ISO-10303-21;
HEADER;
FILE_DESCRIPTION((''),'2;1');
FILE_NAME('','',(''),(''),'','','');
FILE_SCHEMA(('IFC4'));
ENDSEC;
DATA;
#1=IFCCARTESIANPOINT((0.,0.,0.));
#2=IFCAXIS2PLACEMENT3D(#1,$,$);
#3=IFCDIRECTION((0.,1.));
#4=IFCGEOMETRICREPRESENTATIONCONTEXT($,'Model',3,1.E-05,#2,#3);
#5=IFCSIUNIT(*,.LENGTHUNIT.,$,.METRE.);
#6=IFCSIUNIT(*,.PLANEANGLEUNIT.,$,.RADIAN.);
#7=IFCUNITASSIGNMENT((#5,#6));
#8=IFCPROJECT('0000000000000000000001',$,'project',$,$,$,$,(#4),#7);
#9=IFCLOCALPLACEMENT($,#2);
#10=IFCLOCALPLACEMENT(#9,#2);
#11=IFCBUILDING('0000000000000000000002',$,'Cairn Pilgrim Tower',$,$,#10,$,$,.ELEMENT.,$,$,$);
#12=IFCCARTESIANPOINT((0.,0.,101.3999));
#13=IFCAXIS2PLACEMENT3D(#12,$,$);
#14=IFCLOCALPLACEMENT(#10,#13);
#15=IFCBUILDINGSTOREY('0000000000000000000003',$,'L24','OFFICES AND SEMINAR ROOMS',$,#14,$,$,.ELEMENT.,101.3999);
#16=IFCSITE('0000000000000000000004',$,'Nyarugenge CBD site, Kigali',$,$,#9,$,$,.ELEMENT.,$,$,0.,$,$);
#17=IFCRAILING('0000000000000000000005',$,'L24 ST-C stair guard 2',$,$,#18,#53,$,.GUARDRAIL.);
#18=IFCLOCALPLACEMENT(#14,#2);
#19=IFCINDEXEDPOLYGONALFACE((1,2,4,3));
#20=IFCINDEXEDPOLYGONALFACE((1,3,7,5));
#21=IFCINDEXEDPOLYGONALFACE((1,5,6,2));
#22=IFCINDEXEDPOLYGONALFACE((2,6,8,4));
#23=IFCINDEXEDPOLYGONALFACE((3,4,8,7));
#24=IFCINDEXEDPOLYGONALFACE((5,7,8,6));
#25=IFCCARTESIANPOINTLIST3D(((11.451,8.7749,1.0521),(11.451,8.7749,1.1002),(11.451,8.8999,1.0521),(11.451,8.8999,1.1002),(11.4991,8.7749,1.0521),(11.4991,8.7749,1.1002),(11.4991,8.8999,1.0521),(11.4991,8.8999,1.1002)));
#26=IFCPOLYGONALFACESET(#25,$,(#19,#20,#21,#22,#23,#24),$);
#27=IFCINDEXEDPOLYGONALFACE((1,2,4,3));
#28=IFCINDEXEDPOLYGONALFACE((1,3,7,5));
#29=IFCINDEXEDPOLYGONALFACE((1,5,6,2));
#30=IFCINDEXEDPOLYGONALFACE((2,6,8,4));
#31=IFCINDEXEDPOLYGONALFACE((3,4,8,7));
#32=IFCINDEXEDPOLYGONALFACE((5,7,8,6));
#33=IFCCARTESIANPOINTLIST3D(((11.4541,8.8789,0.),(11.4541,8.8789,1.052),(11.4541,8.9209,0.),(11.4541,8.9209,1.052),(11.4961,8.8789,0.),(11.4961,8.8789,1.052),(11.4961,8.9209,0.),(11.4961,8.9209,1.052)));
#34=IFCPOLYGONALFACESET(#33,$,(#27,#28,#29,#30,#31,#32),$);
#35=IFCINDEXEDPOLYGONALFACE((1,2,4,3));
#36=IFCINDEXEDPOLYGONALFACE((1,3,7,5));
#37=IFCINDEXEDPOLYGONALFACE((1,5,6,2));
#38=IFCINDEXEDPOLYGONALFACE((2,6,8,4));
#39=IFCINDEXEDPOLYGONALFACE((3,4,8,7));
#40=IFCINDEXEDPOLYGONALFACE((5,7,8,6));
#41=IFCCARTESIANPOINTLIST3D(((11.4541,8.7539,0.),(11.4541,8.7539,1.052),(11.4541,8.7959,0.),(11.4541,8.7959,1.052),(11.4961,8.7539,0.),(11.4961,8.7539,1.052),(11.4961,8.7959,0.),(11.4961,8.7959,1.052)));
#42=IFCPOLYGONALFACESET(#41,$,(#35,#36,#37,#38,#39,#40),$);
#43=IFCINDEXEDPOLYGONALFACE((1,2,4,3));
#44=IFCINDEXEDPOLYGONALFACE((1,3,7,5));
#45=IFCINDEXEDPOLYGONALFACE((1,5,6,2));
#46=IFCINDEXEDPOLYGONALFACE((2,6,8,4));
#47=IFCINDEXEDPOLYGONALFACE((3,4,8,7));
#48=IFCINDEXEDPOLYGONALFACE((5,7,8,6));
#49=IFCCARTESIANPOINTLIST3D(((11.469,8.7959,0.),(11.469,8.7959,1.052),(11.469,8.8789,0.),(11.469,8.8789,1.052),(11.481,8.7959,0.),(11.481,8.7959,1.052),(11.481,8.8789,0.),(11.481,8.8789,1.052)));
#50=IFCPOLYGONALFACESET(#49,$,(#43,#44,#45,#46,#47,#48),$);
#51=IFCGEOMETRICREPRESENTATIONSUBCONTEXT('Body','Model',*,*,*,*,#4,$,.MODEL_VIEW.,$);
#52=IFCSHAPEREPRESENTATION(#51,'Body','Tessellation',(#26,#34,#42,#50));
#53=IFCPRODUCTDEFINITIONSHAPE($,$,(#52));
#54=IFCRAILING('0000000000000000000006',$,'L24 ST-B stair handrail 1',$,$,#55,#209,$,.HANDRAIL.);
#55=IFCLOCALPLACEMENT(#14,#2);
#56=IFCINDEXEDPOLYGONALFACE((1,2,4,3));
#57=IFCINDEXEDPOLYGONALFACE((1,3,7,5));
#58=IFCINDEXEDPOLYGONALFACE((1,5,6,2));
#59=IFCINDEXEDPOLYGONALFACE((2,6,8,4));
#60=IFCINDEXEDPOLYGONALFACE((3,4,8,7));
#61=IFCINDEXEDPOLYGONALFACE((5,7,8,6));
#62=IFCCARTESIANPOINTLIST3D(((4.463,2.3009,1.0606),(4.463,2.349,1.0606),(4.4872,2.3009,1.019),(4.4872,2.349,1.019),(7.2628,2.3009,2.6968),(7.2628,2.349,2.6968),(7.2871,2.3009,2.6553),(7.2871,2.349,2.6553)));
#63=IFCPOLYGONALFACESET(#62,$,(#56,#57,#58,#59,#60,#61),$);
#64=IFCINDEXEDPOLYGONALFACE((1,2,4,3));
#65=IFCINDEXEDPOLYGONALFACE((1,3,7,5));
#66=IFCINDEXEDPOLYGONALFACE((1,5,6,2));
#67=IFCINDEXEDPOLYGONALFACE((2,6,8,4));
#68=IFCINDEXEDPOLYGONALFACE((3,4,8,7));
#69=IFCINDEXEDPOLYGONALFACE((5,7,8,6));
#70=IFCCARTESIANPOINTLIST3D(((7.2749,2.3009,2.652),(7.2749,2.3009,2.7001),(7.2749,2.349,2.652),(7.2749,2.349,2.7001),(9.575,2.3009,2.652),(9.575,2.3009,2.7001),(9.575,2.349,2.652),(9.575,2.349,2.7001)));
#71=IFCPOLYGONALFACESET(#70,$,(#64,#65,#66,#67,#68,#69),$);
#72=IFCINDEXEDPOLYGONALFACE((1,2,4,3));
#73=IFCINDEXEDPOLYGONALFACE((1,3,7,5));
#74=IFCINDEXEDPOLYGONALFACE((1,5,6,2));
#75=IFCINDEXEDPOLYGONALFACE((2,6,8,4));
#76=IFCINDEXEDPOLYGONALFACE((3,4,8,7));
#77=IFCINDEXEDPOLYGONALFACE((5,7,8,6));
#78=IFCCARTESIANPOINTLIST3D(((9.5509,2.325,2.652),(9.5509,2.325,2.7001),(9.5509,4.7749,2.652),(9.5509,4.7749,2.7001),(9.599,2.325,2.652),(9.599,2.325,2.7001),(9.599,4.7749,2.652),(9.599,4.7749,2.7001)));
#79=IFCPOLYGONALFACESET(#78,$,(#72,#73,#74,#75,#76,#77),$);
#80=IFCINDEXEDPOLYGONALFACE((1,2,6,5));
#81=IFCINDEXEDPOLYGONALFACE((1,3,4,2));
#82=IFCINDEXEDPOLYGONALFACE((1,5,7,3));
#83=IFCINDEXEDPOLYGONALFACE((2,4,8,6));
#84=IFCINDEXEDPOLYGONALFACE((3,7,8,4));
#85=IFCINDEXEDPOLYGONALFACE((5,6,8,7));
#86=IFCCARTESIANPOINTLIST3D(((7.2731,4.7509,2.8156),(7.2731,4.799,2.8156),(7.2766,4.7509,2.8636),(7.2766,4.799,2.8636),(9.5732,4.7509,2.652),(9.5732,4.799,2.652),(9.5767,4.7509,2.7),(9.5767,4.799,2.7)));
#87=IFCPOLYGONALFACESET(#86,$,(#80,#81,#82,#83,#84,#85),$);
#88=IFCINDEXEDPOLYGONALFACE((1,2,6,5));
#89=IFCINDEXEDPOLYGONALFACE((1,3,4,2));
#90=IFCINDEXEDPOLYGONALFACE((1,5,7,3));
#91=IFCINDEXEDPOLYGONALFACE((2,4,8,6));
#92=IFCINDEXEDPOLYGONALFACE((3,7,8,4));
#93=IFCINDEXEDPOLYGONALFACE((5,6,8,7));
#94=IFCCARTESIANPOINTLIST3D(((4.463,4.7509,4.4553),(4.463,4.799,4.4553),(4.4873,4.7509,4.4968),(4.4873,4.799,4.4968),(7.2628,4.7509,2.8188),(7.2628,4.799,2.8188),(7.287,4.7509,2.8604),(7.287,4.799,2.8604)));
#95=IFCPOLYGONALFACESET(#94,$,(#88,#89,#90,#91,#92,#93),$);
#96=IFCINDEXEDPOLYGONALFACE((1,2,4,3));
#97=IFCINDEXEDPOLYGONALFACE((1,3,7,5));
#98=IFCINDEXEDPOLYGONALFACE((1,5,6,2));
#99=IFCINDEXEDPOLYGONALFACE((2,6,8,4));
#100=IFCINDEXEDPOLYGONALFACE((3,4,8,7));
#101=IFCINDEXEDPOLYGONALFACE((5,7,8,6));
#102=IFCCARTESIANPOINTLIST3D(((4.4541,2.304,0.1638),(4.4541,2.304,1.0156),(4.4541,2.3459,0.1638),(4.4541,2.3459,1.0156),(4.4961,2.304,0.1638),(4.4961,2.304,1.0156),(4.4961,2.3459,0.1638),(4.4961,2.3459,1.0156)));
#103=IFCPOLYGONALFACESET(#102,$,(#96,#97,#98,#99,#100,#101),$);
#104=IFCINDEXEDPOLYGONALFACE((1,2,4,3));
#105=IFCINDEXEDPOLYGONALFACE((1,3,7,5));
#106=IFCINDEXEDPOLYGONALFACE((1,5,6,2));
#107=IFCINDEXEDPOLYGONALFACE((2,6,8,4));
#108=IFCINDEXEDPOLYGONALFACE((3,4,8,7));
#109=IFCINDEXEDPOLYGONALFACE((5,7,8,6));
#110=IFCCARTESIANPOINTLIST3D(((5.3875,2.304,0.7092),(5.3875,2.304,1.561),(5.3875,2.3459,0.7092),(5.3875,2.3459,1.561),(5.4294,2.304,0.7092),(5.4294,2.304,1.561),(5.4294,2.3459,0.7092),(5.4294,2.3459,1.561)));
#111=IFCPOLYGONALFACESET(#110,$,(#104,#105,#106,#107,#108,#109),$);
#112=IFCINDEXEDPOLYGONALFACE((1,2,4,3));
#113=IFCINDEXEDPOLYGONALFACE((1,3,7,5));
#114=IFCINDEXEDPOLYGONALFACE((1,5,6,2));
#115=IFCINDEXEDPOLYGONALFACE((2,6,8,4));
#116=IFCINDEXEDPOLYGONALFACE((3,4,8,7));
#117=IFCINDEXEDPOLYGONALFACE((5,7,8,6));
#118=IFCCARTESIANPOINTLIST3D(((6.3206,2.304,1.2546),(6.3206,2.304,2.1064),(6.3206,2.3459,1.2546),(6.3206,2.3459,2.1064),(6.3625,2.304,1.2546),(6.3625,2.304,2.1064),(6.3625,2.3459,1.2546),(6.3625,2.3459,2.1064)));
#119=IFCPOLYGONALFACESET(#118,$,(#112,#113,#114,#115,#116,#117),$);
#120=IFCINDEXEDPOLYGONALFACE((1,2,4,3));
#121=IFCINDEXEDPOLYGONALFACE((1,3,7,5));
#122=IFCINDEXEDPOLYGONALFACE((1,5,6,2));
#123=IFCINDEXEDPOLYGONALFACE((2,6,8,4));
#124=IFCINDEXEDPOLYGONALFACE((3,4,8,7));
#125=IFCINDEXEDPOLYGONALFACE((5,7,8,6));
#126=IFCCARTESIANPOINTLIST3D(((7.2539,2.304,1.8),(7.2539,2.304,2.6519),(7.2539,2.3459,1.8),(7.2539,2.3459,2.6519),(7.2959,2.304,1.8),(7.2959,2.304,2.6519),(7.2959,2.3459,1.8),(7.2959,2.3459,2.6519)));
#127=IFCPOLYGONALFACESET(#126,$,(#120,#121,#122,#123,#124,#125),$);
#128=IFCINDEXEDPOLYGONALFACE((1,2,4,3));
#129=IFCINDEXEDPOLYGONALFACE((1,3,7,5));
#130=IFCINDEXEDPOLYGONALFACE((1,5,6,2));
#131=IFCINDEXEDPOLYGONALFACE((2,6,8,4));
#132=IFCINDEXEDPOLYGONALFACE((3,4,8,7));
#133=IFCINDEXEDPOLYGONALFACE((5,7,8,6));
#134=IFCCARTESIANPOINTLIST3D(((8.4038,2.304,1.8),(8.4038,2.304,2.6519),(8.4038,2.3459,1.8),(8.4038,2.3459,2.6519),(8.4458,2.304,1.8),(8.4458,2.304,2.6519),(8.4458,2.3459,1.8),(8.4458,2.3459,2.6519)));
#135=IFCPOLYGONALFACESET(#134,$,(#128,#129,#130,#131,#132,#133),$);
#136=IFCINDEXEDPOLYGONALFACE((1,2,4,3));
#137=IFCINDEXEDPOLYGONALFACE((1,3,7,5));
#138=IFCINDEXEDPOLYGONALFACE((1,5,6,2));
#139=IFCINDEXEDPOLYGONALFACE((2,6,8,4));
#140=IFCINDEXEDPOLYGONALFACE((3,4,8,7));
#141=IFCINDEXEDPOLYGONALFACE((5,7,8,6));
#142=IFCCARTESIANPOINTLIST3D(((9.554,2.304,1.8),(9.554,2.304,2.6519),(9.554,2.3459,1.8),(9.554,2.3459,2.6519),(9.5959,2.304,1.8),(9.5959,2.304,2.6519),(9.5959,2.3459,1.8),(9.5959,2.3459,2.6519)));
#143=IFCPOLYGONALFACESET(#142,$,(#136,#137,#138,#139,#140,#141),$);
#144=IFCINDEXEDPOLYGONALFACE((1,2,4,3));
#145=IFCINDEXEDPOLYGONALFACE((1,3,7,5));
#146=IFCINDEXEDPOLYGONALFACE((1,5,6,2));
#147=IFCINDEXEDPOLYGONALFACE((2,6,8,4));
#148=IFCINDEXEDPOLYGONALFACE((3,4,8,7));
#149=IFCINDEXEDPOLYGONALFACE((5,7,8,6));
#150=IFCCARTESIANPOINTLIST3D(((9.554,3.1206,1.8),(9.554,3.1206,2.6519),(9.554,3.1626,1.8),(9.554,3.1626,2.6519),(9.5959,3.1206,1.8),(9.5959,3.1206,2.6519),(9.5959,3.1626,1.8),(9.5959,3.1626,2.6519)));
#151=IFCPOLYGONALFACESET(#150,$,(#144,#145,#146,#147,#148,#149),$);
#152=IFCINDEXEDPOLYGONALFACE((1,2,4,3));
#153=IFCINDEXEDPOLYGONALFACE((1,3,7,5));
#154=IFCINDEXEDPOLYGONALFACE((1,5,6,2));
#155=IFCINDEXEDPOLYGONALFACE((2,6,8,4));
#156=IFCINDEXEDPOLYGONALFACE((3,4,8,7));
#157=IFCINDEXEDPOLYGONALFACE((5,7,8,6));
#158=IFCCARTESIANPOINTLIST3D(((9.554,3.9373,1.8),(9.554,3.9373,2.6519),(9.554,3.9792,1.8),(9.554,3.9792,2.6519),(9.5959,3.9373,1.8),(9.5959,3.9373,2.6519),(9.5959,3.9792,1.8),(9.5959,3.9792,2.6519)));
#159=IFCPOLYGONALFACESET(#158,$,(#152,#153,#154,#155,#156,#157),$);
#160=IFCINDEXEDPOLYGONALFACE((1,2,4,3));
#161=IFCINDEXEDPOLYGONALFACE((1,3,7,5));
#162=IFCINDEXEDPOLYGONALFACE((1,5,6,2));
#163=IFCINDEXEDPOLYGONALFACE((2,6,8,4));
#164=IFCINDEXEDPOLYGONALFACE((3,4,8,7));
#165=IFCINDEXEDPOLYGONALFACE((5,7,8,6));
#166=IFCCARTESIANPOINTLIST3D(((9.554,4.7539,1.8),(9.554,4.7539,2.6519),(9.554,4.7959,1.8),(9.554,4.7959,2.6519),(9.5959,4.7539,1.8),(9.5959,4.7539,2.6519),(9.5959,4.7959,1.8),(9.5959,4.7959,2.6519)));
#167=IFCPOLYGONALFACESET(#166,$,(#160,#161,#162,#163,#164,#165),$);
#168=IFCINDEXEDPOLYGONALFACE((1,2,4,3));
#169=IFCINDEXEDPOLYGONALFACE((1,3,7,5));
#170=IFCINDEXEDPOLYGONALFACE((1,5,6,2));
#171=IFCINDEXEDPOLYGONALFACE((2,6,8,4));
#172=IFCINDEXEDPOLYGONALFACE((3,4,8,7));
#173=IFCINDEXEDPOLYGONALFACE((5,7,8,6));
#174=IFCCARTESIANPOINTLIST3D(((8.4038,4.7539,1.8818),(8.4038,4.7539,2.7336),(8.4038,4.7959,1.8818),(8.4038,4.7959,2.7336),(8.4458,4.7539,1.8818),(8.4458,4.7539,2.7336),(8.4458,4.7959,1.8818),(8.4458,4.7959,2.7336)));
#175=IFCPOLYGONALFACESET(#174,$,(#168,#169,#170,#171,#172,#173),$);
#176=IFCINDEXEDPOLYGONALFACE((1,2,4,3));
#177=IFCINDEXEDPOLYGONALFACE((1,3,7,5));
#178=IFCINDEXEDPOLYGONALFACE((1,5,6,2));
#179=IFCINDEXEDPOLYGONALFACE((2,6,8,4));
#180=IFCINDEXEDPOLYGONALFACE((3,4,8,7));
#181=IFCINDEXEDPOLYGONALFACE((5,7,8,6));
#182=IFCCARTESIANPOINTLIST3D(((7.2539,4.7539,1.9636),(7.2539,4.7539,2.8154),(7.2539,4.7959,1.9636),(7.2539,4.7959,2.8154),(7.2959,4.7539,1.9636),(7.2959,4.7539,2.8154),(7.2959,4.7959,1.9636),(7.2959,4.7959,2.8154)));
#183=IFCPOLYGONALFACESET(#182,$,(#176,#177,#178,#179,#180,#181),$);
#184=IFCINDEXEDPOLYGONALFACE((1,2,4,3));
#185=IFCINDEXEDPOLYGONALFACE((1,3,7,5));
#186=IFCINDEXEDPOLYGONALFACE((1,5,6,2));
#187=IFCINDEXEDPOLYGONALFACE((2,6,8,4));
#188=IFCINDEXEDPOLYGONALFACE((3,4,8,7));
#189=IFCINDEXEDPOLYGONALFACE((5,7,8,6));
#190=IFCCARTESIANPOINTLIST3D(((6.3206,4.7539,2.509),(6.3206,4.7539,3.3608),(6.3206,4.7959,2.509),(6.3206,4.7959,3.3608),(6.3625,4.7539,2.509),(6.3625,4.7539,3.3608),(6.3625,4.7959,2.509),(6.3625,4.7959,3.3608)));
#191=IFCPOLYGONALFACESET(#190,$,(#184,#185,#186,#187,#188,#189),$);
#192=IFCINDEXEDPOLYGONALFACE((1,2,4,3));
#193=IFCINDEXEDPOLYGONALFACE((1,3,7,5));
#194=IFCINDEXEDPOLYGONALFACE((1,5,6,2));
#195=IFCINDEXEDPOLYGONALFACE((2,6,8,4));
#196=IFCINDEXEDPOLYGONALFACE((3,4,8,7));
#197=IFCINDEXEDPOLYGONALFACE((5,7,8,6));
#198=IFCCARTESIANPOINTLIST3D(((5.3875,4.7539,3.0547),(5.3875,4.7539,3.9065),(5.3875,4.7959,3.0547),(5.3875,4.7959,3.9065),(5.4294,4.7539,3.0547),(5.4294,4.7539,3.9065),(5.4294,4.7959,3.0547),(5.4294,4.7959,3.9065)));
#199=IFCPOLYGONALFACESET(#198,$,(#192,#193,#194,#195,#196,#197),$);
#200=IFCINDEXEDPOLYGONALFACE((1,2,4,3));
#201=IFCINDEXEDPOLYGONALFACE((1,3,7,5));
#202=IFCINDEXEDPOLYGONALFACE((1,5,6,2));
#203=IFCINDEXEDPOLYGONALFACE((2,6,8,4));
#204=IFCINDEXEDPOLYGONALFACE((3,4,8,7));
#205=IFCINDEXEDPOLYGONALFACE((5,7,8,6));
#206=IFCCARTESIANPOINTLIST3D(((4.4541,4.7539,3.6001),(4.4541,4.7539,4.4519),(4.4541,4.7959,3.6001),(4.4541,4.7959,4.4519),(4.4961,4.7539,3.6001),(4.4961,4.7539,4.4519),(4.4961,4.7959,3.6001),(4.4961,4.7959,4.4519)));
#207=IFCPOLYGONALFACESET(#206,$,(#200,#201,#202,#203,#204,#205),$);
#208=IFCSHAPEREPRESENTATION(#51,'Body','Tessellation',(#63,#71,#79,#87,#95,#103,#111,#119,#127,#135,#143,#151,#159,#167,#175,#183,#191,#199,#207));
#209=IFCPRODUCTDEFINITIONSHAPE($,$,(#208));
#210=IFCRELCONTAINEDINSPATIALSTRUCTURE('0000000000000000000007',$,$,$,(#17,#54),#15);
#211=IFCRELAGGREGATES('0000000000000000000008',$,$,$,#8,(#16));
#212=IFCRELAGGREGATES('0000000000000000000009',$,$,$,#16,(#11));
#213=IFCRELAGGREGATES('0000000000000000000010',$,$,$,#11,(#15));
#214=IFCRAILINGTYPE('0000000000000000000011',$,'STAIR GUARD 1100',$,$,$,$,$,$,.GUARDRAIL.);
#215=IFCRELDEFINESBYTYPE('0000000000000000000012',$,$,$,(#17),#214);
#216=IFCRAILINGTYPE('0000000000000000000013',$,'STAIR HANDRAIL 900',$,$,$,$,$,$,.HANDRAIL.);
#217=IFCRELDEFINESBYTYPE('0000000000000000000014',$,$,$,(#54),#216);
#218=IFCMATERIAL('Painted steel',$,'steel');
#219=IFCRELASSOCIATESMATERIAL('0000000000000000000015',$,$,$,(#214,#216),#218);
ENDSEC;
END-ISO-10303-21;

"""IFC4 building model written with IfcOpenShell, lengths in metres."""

from ifc_helpers import new_model, si_unit, direction, frame, origin, origin_2d, place, context, subcontext, project, spatial, polyline, rectangle, outline, extrude, material, type_object, element, save


model = new_model("IFC4")

# Units and contexts
model_context = context("Model", 3, precision=1e-05, world=origin(), true_north=direction((0.0, 1.0)))
body_context = subcontext(model_context, "Body", "Model", "MODEL_VIEW")
ifc_project = project(units=[si_unit("LENGTHUNIT", "METRE"), si_unit("PLANEANGLEUNIT", "RADIAN")], contexts=[model_context])

# Site, building, storey
site_placement = place(None, origin())
site = spatial("IfcSite", under=ifc_project, at=site_placement, Name="Nyarugenge CBD site, Kigali", CompositionType="ELEMENT", RefElevation=0.0)
building_placement = place(site_placement, origin())
building = spatial("IfcBuilding", under=site, at=building_placement, Name="Cairn Pilgrim Tower", CompositionType="ELEMENT")
storey_placement = place(building_placement, frame((0.0, 0.0, 101.3999)))
storey = spatial("IfcBuildingStorey", under=building, at=storey_placement, Name="L24", Description="OFFICES AND SEMINAR ROOMS", CompositionType="ELEMENT", Elevation=101.3999)

# Shared definitions
ifc_material_1 = material(Name="Painted steel", Category="steel")

# Railings
railing_type_1 = type_object("IfcRailingType", Name="STAIR GUARD 1100", PredefinedType="GUARDRAIL", material=ifc_material_1)
railing_1_placement = place(storey_placement, frame((11.4751, 8.8999, 0.0)))
element("IfcRailing", 1, at=railing_1_placement, inside=storey, type_object=railing_type_1, Name="L24 ST-C stair guard 2", PredefinedType="GUARDRAIL", context=body_context, shape_type="SweptSolid", body=[
    extrude(rectangle(XDim=0.0481, YDim=0.0481, at=origin_2d()), frame((0.0, 0.0, 1.0762), z_axis=(0.0, -1.0, 0.0), x_axis=(1.0, 0.0, 0.0)), (0.0, 0.0, 1.0), 0.125),
    extrude(rectangle(XDim=0.042, YDim=0.042, at=origin_2d()), origin(), (0.0, 0.0, 1.0), 1.052),
    extrude(rectangle(XDim=0.042, YDim=0.042, at=origin_2d()), frame((0.0, -0.125, 0.0)), (0.0, 0.0, 1.0), 1.052),
    extrude(outline(polyline([(0.021, 0.0), (0.104, 0.0), (0.104, 1.052), (0.021, 1.052), (0.021, 0.0)])), frame((0.0059, 0.0, 0.0), z_axis=(-1.0, 0.0, 0.0), x_axis=(0.0, -1.0, 0.0)), (0.0, 0.0, 1.0), 0.012),
])
railing_type_2 = type_object("IfcRailingType", Name="STAIR HANDRAIL 900", PredefinedType="HANDRAIL", material=ifc_material_1)
railing_2_placement = place(storey_placement, frame((4.4751, 2.325, 0.1638)))
element("IfcRailing", 2, at=railing_2_placement, inside=storey, type_object=railing_type_2, Name="L24 ST-B stair handrail 1", PredefinedType="HANDRAIL", context=body_context, shape_type="SweptSolid", body=[
    extrude(rectangle(XDim=0.0481, YDim=0.0481, at=origin_2d()), frame((0.0, 0.0, 0.876), z_axis=(0.863374, 0.0, 0.504564), x_axis=(0.0, 1.0, 0.0)), (0.0, 0.0, 1.0), 3.2429),
    extrude(rectangle(XDim=0.0481, YDim=0.0481, at=origin_2d()), frame((2.7998, 0.0, 2.5122), z_axis=(1.0, 0.0, 0.0), x_axis=(0.0, 1.0, 0.0)), (0.0, 0.0, 1.0), 2.3),
    extrude(rectangle(XDim=0.0481, YDim=0.0481, at=origin_2d()), frame((5.0999, 0.0, 2.5122), z_axis=(0.0, 1.0, 0.0), x_axis=(-1.0, 0.0, 0.0)), (0.0, 0.0, 1.0), 2.45),
    extrude(rectangle(XDim=0.0481, YDim=0.0481, at=origin_2d()), frame((5.0999, 2.45, 2.5122), z_axis=(-0.997481, 0.0, 0.070939), x_axis=(0.0, -1.0, 0.0)), (0.0, 0.0, 1.0), 2.3059),
    extrude(rectangle(XDim=0.0481, YDim=0.0481, at=origin_2d()), frame((2.7998, 2.45, 2.6758), z_axis=(-0.863342, 0.0, 0.50462), x_axis=(0.0, -1.0, 0.0)), (0.0, 0.0, 1.0), 3.2429),
    extrude(rectangle(XDim=0.042, YDim=0.042, at=origin_2d()), origin(), (0.0, 0.0, 1.0), 0.8518),
    extrude(rectangle(XDim=0.042, YDim=0.042, at=origin_2d()), frame((0.9333, 0.0, 0.5454)), (0.0, 0.0, 1.0), 0.8518),
    extrude(rectangle(XDim=0.042, YDim=0.042, at=origin_2d()), frame((1.8665, 0.0, 1.0908)), (0.0, 0.0, 1.0), 0.8518),
    extrude(rectangle(XDim=0.042, YDim=0.042, at=origin_2d()), frame((2.7998, 0.0, 1.6362)), (0.0, 0.0, 1.0), 0.8518),
    extrude(rectangle(XDim=0.042, YDim=0.042, at=origin_2d()), frame((3.9497, 0.0, 1.6362)), (0.0, 0.0, 1.0), 0.8518),
    extrude(rectangle(XDim=0.042, YDim=0.042, at=origin_2d()), frame((5.0999, 0.0, 1.6362)), (0.0, 0.0, 1.0), 0.8518),
    extrude(rectangle(XDim=0.042, YDim=0.042, at=origin_2d()), frame((5.0999, 0.8167, 1.6362)), (0.0, 0.0, 1.0), 0.8518),
    extrude(rectangle(XDim=0.042, YDim=0.042, at=origin_2d()), frame((5.0999, 1.6333, 1.6362)), (0.0, 0.0, 1.0), 0.8518),
    extrude(rectangle(XDim=0.042, YDim=0.042, at=origin_2d()), frame((5.0999, 2.45, 1.6362)), (0.0, 0.0, 1.0), 0.8518),
    extrude(rectangle(XDim=0.042, YDim=0.042, at=origin_2d()), frame((3.9497, 2.45, 1.718)), (0.0, 0.0, 1.0), 0.8518),
    extrude(rectangle(XDim=0.042, YDim=0.042, at=origin_2d()), frame((2.7998, 2.45, 1.7998)), (0.0, 0.0, 1.0), 0.8518),
    extrude(rectangle(XDim=0.042, YDim=0.042, at=origin_2d()), frame((1.8665, 2.45, 2.3452)), (0.0, 0.0, 1.0), 0.8518),
    extrude(rectangle(XDim=0.042, YDim=0.042, at=origin_2d()), frame((0.9333, 2.45, 2.8909)), (0.0, 0.0, 1.0), 0.8518),
    extrude(rectangle(XDim=0.042, YDim=0.042, at=origin_2d()), frame((0.0, 2.45, 3.4363)), (0.0, 0.0, 1.0), 0.8518),
])

save(model, "model.ifc")
